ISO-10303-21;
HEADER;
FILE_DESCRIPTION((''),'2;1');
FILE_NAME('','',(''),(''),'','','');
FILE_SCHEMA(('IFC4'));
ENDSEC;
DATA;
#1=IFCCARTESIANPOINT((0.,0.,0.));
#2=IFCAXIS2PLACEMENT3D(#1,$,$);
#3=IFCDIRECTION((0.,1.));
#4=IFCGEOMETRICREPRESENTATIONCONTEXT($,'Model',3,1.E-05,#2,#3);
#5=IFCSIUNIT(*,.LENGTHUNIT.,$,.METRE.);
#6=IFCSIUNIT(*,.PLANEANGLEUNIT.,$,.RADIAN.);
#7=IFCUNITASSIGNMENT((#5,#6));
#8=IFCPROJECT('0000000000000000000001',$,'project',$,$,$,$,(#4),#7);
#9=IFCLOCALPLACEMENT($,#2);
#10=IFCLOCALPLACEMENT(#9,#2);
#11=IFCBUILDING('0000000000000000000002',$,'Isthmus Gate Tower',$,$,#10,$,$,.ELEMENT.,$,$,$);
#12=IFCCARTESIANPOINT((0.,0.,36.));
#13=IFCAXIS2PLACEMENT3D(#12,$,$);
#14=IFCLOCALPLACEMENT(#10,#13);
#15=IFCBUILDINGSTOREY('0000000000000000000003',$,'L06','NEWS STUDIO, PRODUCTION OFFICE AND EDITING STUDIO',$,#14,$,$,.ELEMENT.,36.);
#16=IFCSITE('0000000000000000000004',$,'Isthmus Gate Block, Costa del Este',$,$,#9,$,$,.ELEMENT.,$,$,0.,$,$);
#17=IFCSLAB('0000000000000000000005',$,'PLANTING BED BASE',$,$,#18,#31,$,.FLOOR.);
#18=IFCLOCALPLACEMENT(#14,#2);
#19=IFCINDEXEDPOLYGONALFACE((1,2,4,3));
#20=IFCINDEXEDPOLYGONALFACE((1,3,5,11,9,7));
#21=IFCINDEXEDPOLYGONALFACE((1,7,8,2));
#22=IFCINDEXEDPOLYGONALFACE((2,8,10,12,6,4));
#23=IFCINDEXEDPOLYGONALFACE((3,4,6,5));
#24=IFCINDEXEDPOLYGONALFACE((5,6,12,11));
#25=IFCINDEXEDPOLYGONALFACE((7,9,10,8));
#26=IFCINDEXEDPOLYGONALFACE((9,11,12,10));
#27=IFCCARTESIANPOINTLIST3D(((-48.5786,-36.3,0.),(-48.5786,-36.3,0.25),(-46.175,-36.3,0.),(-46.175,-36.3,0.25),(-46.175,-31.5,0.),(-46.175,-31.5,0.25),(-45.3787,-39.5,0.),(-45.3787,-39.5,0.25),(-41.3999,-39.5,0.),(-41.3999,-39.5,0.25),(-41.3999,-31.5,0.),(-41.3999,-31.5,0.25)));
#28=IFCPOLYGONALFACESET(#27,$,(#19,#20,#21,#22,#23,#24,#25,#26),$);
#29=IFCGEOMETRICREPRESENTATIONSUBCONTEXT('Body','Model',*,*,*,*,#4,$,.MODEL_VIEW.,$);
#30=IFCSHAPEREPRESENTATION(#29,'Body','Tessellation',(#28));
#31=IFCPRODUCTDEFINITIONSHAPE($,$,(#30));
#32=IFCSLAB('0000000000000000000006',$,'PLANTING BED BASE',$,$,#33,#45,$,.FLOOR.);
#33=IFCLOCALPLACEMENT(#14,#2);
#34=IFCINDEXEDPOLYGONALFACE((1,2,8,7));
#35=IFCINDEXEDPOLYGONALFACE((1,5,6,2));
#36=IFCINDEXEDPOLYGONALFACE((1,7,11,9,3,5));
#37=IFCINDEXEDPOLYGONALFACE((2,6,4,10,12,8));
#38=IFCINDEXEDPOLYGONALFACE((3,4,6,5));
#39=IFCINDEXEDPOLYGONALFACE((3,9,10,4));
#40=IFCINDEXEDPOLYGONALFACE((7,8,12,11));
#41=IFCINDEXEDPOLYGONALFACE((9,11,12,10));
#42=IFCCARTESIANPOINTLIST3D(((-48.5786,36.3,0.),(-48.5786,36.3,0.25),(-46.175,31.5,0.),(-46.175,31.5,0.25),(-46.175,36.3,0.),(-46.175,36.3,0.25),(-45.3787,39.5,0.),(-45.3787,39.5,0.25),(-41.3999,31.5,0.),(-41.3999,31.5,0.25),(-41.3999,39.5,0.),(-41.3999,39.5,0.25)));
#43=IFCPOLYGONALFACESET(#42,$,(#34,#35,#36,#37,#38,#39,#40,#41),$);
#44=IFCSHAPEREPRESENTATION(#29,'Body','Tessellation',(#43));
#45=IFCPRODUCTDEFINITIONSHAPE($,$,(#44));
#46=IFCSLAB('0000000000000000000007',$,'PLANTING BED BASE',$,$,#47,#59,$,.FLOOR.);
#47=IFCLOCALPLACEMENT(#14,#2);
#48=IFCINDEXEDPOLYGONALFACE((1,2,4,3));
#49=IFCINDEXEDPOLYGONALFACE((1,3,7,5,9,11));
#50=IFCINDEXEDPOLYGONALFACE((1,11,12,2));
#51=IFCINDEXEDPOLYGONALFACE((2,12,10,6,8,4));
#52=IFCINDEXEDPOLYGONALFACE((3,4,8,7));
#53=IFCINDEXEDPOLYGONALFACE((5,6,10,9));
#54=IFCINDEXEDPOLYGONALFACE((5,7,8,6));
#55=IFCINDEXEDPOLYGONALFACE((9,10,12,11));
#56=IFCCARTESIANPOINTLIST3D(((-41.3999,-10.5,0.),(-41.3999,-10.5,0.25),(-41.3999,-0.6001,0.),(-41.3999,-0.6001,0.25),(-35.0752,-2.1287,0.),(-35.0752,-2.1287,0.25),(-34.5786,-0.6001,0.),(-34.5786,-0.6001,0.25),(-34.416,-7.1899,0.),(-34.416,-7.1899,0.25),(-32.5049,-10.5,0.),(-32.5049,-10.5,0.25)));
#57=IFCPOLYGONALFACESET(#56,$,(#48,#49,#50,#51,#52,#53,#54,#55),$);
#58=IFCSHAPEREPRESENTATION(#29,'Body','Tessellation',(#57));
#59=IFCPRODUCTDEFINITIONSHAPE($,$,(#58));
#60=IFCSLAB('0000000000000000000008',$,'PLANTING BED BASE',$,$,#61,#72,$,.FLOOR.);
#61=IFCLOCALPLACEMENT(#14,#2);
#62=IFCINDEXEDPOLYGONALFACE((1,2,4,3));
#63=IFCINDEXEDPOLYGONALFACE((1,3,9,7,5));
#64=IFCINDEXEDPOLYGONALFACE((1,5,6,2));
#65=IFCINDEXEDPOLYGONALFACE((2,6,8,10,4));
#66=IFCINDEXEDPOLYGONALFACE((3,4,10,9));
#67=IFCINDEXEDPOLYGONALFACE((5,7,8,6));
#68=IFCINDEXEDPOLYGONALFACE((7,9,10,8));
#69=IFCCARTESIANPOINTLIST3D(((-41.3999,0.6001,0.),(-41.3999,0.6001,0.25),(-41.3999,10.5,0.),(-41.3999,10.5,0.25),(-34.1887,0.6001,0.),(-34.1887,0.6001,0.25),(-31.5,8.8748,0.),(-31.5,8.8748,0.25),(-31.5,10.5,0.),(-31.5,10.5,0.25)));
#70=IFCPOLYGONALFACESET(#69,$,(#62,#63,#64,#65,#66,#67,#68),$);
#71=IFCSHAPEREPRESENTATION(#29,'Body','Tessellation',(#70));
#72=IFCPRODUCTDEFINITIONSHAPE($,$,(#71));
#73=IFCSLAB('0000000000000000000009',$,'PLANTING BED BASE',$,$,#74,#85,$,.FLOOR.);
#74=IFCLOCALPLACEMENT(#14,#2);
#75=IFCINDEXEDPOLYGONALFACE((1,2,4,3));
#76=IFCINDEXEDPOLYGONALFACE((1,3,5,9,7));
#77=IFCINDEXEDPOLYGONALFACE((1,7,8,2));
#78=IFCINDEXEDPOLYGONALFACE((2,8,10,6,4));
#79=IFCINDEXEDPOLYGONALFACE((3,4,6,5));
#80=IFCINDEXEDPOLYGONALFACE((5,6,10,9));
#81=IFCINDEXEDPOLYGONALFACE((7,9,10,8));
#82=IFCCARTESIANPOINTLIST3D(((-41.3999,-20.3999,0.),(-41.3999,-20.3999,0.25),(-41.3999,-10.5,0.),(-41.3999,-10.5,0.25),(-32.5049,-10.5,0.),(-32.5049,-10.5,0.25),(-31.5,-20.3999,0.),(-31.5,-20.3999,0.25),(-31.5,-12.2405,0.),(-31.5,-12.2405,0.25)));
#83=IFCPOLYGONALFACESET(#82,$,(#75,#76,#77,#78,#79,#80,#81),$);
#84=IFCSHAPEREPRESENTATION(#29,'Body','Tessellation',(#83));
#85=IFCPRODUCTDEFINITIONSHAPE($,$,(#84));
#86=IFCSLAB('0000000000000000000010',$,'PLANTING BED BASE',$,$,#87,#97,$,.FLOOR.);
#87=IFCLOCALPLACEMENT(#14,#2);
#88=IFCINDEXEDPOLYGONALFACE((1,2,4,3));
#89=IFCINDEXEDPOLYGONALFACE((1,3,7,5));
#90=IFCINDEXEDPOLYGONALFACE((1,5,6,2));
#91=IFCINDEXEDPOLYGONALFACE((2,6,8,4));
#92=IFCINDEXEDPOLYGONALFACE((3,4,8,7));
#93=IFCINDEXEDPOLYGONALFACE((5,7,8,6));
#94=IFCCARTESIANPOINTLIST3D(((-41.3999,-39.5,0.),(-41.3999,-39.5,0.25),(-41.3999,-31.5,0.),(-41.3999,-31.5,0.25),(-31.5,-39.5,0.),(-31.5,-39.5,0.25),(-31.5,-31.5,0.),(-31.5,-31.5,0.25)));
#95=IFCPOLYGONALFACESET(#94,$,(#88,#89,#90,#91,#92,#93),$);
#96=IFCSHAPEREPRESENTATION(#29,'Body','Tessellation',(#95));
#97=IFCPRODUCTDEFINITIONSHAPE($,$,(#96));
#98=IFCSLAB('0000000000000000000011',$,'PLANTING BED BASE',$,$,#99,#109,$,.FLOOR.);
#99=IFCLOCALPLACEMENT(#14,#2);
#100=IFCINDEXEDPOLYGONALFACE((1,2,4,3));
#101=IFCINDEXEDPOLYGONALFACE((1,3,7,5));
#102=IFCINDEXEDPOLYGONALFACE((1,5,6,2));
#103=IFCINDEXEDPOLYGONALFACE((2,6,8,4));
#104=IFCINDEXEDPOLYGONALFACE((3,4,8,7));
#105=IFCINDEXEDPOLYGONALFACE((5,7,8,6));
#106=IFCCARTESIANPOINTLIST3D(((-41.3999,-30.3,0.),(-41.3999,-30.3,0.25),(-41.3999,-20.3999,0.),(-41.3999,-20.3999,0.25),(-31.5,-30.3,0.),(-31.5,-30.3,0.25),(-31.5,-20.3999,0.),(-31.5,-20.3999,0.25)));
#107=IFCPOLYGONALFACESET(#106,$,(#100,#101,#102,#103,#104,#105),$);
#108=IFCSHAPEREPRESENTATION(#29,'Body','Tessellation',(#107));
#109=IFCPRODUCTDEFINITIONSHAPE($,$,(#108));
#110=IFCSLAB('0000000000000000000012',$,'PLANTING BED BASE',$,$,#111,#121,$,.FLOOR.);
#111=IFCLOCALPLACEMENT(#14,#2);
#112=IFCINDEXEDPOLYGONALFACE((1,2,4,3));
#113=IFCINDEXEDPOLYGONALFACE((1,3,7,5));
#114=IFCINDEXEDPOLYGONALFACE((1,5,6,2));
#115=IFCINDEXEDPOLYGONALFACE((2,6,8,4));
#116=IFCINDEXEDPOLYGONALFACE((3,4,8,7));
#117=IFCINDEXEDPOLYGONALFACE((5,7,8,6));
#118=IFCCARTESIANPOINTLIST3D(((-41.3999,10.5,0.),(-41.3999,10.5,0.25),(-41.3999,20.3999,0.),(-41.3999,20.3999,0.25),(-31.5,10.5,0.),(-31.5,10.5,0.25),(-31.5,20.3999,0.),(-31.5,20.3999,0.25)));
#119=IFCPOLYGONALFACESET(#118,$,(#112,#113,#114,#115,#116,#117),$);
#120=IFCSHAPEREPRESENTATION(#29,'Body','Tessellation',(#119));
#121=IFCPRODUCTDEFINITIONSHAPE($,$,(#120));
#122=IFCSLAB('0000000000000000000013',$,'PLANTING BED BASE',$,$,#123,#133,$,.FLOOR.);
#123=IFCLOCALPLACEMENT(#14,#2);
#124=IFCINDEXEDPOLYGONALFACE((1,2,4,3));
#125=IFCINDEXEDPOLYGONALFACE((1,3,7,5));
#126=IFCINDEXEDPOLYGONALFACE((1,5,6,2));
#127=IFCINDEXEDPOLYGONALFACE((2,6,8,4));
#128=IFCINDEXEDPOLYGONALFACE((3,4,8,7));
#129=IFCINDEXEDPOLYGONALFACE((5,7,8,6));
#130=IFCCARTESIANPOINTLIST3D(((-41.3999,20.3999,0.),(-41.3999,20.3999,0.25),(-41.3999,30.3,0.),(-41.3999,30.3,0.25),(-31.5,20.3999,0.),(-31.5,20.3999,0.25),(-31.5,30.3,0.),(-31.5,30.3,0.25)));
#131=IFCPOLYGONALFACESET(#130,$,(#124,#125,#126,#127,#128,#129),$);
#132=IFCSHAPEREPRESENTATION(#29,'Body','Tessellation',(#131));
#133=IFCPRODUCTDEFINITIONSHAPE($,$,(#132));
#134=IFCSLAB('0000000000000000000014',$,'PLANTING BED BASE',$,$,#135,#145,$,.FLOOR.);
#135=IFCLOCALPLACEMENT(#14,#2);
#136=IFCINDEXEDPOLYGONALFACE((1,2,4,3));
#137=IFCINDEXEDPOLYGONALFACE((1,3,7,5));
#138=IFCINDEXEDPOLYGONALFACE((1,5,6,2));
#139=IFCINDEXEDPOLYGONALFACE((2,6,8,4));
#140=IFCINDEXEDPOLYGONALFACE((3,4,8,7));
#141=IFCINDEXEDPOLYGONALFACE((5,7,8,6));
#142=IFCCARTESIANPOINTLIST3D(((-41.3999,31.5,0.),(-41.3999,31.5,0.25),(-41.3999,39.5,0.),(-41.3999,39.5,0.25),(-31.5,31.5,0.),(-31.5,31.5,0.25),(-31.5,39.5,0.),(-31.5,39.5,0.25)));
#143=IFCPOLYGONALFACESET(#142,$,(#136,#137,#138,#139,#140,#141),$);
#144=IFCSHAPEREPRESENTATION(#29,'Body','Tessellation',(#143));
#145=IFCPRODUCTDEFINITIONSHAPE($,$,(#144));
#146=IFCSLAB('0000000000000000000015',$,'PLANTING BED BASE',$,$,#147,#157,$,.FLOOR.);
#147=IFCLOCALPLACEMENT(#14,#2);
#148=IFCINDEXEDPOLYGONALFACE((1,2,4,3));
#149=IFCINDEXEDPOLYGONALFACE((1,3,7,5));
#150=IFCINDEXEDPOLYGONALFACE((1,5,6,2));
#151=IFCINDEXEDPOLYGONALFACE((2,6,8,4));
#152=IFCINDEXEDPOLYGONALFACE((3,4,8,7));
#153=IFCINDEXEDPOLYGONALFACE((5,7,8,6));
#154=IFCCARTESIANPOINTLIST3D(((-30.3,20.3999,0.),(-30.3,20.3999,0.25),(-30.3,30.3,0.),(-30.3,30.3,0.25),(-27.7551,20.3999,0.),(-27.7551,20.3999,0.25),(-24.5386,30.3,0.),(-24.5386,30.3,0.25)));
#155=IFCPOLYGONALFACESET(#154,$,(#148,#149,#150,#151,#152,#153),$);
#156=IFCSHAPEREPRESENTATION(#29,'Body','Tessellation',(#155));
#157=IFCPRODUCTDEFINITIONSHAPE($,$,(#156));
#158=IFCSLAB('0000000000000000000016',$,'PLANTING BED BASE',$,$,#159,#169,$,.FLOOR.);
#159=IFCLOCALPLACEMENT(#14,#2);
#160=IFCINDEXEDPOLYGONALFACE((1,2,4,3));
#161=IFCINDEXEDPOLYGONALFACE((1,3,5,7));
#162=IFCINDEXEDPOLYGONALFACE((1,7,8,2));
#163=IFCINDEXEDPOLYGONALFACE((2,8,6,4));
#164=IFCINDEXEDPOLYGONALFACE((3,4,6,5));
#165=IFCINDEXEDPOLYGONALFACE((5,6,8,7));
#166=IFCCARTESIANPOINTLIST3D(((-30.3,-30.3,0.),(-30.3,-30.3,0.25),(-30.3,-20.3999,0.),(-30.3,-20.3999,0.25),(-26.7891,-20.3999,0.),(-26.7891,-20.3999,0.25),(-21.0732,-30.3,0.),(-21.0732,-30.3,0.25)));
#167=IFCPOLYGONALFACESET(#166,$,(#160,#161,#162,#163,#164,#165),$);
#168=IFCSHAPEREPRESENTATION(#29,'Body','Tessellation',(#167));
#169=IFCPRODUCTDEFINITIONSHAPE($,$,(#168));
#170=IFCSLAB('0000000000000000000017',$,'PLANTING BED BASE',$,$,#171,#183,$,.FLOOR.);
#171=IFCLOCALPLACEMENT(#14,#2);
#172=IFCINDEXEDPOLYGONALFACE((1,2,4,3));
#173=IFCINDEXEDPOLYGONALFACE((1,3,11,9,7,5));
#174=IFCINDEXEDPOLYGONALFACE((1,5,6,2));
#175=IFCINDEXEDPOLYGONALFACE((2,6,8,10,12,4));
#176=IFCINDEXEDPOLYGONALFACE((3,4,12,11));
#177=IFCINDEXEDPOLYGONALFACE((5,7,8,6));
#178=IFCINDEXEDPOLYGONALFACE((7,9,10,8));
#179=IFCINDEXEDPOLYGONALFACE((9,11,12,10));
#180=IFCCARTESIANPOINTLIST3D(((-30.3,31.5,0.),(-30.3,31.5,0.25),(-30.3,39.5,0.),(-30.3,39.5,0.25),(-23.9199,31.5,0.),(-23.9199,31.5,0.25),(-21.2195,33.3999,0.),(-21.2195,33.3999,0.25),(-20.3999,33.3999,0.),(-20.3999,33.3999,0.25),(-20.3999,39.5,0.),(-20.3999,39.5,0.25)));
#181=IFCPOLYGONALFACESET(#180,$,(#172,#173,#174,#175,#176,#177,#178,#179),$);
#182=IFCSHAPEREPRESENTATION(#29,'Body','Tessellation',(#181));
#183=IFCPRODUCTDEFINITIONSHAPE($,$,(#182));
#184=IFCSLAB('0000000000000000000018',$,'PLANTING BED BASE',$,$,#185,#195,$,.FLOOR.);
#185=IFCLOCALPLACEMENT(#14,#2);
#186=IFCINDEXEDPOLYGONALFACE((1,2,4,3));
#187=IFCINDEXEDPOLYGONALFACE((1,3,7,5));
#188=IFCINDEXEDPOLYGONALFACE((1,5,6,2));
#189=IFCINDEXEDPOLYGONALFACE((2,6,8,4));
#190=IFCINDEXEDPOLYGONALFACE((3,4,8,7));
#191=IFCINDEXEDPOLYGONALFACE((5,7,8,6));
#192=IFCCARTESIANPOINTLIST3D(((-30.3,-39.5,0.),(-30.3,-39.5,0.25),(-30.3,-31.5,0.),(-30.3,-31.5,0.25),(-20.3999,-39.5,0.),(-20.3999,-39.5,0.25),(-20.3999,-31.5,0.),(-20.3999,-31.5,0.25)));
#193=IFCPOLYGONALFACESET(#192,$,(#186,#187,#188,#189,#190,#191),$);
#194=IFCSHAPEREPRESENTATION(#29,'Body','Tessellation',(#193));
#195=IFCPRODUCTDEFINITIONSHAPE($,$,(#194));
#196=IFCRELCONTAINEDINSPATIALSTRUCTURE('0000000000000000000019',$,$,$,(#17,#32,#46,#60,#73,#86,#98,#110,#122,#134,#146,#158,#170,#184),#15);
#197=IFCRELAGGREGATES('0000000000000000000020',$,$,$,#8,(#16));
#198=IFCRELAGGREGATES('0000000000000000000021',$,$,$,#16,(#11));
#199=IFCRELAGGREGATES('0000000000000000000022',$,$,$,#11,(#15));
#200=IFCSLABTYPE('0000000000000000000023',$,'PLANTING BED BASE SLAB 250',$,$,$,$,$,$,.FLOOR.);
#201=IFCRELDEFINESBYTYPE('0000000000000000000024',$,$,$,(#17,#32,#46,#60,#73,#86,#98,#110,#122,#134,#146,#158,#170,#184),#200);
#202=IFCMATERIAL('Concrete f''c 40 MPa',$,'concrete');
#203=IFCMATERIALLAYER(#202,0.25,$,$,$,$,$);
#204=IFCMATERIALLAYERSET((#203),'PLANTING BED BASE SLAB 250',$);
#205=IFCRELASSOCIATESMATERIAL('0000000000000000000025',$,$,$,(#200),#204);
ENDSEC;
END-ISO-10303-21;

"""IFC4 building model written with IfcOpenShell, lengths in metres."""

from ifc_helpers import new_model, si_unit, direction, frame, origin, place, context, subcontext, project, spatial, polyline, outline, extrude, material, layer, layer_set, type_object, element, save


model = new_model("IFC4")

# Units and contexts
model_context = context("Model", 3, precision=1e-05, world=origin(), true_north=direction((0.0, 1.0)))
body_context = subcontext(model_context, "Body", "Model", "MODEL_VIEW")
ifc_project = project(units=[si_unit("LENGTHUNIT", "METRE"), si_unit("PLANEANGLEUNIT", "RADIAN")], contexts=[model_context])

# Site, building, storey
site_placement = place(None, origin())
site = spatial("IfcSite", under=ifc_project, at=site_placement, Name="Isthmus Gate Block, Costa del Este", CompositionType="ELEMENT", RefElevation=0.0)
building_placement = place(site_placement, origin())
building = spatial("IfcBuilding", under=site, at=building_placement, Name="Isthmus Gate Tower", CompositionType="ELEMENT")
storey_placement = place(building_placement, frame((0.0, 0.0, 36.0)))
storey = spatial("IfcBuildingStorey", under=building, at=storey_placement, Name="L06", Description="NEWS STUDIO, PRODUCTION OFFICE AND EDITING STUDIO", CompositionType="ELEMENT", Elevation=36.0)

# Slabs
ifc_material_1 = material(Name="Concrete f'c 40 MPa", Category="concrete")
ifc_layer = layer(ifc_material_1, 0.25)
ifc_layer_set = layer_set([ifc_layer], Name="PLANTING BED BASE SLAB 250")
slab_type = type_object("IfcSlabType", Name="PLANTING BED BASE SLAB 250", PredefinedType="FLOOR", material=ifc_layer_set)
slab_1_placement = place(storey_placement, origin())
element("IfcSlab", 1, at=slab_1_placement, inside=storey, type_object=slab_type, Name="PLANTING BED BASE", PredefinedType="FLOOR", context=body_context, shape_type="SweptSolid", body=[
    extrude(outline(polyline([(-41.3999, -31.5), (-46.175, -31.5), (-46.175, -36.3), (-48.5786, -36.3), (-45.3787, -39.5), (-41.3999, -39.5), (-41.3999, -31.5)])), origin(), (0.0, 0.0, 1.0), 0.25),
])
slab_2_placement = place(storey_placement, origin())
element("IfcSlab", 2, at=slab_2_placement, inside=storey, type_object=slab_type, Name="PLANTING BED BASE", PredefinedType="FLOOR", context=body_context, shape_type="SweptSolid", body=[
    extrude(outline(polyline([(-41.3999, 31.5), (-41.3999, 39.5), (-45.3787, 39.5), (-48.5786, 36.3), (-46.175, 36.3), (-46.175, 31.5), (-41.3999, 31.5)])), origin(), (0.0, 0.0, 1.0), 0.25),
])
slab_3_placement = place(storey_placement, origin())
element("IfcSlab", 3, at=slab_3_placement, inside=storey, type_object=slab_type, Name="PLANTING BED BASE", PredefinedType="FLOOR", context=body_context, shape_type="SweptSolid", body=[
    extrude(outline(polyline([(-41.3999, -10.5), (-32.5049, -10.5), (-34.416, -7.1899), (-35.0752, -2.1287), (-34.5786, -0.6001), (-41.3999, -0.6001), (-41.3999, -10.5)])), origin(), (0.0, 0.0, 1.0), 0.25),
])
slab_4_placement = place(storey_placement, origin())
element("IfcSlab", 4, at=slab_4_placement, inside=storey, type_object=slab_type, Name="PLANTING BED BASE", PredefinedType="FLOOR", context=body_context, shape_type="SweptSolid", body=[
    extrude(outline(polyline([(-41.3999, 0.6001), (-34.1887, 0.6001), (-31.5, 8.8748), (-31.5, 10.5), (-41.3999, 10.5), (-41.3999, 0.6001)])), origin(), (0.0, 0.0, 1.0), 0.25),
])
slab_5_placement = place(storey_placement, origin())
element("IfcSlab", 5, at=slab_5_placement, inside=storey, type_object=slab_type, Name="PLANTING BED BASE", PredefinedType="FLOOR", context=body_context, shape_type="SweptSolid", body=[
    extrude(outline(polyline([(-31.5, -20.3999), (-31.5, -12.2405), (-32.5049, -10.5), (-41.3999, -10.5), (-41.3999, -20.3999), (-31.5, -20.3999)])), origin(), (0.0, 0.0, 1.0), 0.25),
])
slab_6_placement = place(storey_placement, origin())
element("IfcSlab", 6, at=slab_6_placement, inside=storey, type_object=slab_type, Name="PLANTING BED BASE", PredefinedType="FLOOR", context=body_context, shape_type="SweptSolid", body=[
    extrude(outline(polyline([(-41.3999, -31.5), (-41.3999, -39.5), (-31.5, -39.5), (-31.5, -31.5), (-41.3999, -31.5)])), origin(), (0.0, 0.0, 1.0), 0.25),
])
slab_7_placement = place(storey_placement, origin())
element("IfcSlab", 7, at=slab_7_placement, inside=storey, type_object=slab_type, Name="PLANTING BED BASE", PredefinedType="FLOOR", context=body_context, shape_type="SweptSolid", body=[
    extrude(outline(polyline([(-41.3999, -30.3), (-31.5, -30.3), (-31.5, -20.3999), (-41.3999, -20.3999), (-41.3999, -30.3)])), origin(), (0.0, 0.0, 1.0), 0.25),
])
slab_8_placement = place(storey_placement, origin())
element("IfcSlab", 8, at=slab_8_placement, inside=storey, type_object=slab_type, Name="PLANTING BED BASE", PredefinedType="FLOOR", context=body_context, shape_type="SweptSolid", body=[
    extrude(outline(polyline([(-41.3999, 10.5), (-31.5, 10.5), (-31.5, 20.3999), (-41.3999, 20.3999), (-41.3999, 10.5)])), origin(), (0.0, 0.0, 1.0), 0.25),
])
slab_9_placement = place(storey_placement, origin())
element("IfcSlab", 9, at=slab_9_placement, inside=storey, type_object=slab_type, Name="PLANTING BED BASE", PredefinedType="FLOOR", context=body_context, shape_type="SweptSolid", body=[
    extrude(outline(polyline([(-41.3999, 20.3999), (-31.5, 20.3999), (-31.5, 30.3), (-41.3999, 30.3), (-41.3999, 20.3999)])), origin(), (0.0, 0.0, 1.0), 0.25),
])
slab_10_placement = place(storey_placement, origin())
element("IfcSlab", 10, at=slab_10_placement, inside=storey, type_object=slab_type, Name="PLANTING BED BASE", PredefinedType="FLOOR", context=body_context, shape_type="SweptSolid", body=[
    extrude(outline(polyline([(-31.5, 31.5), (-31.5, 39.5), (-41.3999, 39.5), (-41.3999, 31.5), (-31.5, 31.5)])), origin(), (0.0, 0.0, 1.0), 0.25),
])
slab_11_placement = place(storey_placement, origin())
element("IfcSlab", 11, at=slab_11_placement, inside=storey, type_object=slab_type, Name="PLANTING BED BASE", PredefinedType="FLOOR", context=body_context, shape_type="SweptSolid", body=[
    extrude(outline(polyline([(-30.3, 20.3999), (-27.7551, 20.3999), (-24.5386, 30.3), (-30.3, 30.3), (-30.3, 20.3999)])), origin(), (0.0, 0.0, 1.0), 0.25),
])
slab_12_placement = place(storey_placement, origin())
element("IfcSlab", 12, at=slab_12_placement, inside=storey, type_object=slab_type, Name="PLANTING BED BASE", PredefinedType="FLOOR", context=body_context, shape_type="SweptSolid", body=[
    extrude(outline(polyline([(-30.3, -30.3), (-21.0732, -30.3), (-26.7891, -20.3999), (-30.3, -20.3999), (-30.3, -30.3)])), origin(), (0.0, 0.0, 1.0), 0.25),
])
slab_13_placement = place(storey_placement, origin())
element("IfcSlab", 13, at=slab_13_placement, inside=storey, type_object=slab_type, Name="PLANTING BED BASE", PredefinedType="FLOOR", context=body_context, shape_type="SweptSolid", body=[
    extrude(outline(polyline([(-20.3999, 33.3999), (-20.3999, 39.5), (-30.3, 39.5), (-30.3, 31.5), (-23.9199, 31.5), (-21.2195, 33.3999), (-20.3999, 33.3999)])), origin(), (0.0, 0.0, 1.0), 0.25),
])
slab_14_placement = place(storey_placement, origin())
element("IfcSlab", 14, at=slab_14_placement, inside=storey, type_object=slab_type, Name="PLANTING BED BASE", PredefinedType="FLOOR", context=body_context, shape_type="SweptSolid", body=[
    extrude(outline(polyline([(-30.3, -31.5), (-30.3, -39.5), (-20.3999, -39.5), (-20.3999, -31.5), (-30.3, -31.5)])), origin(), (0.0, 0.0, 1.0), 0.25),
])

save(model, "model.ifc")
